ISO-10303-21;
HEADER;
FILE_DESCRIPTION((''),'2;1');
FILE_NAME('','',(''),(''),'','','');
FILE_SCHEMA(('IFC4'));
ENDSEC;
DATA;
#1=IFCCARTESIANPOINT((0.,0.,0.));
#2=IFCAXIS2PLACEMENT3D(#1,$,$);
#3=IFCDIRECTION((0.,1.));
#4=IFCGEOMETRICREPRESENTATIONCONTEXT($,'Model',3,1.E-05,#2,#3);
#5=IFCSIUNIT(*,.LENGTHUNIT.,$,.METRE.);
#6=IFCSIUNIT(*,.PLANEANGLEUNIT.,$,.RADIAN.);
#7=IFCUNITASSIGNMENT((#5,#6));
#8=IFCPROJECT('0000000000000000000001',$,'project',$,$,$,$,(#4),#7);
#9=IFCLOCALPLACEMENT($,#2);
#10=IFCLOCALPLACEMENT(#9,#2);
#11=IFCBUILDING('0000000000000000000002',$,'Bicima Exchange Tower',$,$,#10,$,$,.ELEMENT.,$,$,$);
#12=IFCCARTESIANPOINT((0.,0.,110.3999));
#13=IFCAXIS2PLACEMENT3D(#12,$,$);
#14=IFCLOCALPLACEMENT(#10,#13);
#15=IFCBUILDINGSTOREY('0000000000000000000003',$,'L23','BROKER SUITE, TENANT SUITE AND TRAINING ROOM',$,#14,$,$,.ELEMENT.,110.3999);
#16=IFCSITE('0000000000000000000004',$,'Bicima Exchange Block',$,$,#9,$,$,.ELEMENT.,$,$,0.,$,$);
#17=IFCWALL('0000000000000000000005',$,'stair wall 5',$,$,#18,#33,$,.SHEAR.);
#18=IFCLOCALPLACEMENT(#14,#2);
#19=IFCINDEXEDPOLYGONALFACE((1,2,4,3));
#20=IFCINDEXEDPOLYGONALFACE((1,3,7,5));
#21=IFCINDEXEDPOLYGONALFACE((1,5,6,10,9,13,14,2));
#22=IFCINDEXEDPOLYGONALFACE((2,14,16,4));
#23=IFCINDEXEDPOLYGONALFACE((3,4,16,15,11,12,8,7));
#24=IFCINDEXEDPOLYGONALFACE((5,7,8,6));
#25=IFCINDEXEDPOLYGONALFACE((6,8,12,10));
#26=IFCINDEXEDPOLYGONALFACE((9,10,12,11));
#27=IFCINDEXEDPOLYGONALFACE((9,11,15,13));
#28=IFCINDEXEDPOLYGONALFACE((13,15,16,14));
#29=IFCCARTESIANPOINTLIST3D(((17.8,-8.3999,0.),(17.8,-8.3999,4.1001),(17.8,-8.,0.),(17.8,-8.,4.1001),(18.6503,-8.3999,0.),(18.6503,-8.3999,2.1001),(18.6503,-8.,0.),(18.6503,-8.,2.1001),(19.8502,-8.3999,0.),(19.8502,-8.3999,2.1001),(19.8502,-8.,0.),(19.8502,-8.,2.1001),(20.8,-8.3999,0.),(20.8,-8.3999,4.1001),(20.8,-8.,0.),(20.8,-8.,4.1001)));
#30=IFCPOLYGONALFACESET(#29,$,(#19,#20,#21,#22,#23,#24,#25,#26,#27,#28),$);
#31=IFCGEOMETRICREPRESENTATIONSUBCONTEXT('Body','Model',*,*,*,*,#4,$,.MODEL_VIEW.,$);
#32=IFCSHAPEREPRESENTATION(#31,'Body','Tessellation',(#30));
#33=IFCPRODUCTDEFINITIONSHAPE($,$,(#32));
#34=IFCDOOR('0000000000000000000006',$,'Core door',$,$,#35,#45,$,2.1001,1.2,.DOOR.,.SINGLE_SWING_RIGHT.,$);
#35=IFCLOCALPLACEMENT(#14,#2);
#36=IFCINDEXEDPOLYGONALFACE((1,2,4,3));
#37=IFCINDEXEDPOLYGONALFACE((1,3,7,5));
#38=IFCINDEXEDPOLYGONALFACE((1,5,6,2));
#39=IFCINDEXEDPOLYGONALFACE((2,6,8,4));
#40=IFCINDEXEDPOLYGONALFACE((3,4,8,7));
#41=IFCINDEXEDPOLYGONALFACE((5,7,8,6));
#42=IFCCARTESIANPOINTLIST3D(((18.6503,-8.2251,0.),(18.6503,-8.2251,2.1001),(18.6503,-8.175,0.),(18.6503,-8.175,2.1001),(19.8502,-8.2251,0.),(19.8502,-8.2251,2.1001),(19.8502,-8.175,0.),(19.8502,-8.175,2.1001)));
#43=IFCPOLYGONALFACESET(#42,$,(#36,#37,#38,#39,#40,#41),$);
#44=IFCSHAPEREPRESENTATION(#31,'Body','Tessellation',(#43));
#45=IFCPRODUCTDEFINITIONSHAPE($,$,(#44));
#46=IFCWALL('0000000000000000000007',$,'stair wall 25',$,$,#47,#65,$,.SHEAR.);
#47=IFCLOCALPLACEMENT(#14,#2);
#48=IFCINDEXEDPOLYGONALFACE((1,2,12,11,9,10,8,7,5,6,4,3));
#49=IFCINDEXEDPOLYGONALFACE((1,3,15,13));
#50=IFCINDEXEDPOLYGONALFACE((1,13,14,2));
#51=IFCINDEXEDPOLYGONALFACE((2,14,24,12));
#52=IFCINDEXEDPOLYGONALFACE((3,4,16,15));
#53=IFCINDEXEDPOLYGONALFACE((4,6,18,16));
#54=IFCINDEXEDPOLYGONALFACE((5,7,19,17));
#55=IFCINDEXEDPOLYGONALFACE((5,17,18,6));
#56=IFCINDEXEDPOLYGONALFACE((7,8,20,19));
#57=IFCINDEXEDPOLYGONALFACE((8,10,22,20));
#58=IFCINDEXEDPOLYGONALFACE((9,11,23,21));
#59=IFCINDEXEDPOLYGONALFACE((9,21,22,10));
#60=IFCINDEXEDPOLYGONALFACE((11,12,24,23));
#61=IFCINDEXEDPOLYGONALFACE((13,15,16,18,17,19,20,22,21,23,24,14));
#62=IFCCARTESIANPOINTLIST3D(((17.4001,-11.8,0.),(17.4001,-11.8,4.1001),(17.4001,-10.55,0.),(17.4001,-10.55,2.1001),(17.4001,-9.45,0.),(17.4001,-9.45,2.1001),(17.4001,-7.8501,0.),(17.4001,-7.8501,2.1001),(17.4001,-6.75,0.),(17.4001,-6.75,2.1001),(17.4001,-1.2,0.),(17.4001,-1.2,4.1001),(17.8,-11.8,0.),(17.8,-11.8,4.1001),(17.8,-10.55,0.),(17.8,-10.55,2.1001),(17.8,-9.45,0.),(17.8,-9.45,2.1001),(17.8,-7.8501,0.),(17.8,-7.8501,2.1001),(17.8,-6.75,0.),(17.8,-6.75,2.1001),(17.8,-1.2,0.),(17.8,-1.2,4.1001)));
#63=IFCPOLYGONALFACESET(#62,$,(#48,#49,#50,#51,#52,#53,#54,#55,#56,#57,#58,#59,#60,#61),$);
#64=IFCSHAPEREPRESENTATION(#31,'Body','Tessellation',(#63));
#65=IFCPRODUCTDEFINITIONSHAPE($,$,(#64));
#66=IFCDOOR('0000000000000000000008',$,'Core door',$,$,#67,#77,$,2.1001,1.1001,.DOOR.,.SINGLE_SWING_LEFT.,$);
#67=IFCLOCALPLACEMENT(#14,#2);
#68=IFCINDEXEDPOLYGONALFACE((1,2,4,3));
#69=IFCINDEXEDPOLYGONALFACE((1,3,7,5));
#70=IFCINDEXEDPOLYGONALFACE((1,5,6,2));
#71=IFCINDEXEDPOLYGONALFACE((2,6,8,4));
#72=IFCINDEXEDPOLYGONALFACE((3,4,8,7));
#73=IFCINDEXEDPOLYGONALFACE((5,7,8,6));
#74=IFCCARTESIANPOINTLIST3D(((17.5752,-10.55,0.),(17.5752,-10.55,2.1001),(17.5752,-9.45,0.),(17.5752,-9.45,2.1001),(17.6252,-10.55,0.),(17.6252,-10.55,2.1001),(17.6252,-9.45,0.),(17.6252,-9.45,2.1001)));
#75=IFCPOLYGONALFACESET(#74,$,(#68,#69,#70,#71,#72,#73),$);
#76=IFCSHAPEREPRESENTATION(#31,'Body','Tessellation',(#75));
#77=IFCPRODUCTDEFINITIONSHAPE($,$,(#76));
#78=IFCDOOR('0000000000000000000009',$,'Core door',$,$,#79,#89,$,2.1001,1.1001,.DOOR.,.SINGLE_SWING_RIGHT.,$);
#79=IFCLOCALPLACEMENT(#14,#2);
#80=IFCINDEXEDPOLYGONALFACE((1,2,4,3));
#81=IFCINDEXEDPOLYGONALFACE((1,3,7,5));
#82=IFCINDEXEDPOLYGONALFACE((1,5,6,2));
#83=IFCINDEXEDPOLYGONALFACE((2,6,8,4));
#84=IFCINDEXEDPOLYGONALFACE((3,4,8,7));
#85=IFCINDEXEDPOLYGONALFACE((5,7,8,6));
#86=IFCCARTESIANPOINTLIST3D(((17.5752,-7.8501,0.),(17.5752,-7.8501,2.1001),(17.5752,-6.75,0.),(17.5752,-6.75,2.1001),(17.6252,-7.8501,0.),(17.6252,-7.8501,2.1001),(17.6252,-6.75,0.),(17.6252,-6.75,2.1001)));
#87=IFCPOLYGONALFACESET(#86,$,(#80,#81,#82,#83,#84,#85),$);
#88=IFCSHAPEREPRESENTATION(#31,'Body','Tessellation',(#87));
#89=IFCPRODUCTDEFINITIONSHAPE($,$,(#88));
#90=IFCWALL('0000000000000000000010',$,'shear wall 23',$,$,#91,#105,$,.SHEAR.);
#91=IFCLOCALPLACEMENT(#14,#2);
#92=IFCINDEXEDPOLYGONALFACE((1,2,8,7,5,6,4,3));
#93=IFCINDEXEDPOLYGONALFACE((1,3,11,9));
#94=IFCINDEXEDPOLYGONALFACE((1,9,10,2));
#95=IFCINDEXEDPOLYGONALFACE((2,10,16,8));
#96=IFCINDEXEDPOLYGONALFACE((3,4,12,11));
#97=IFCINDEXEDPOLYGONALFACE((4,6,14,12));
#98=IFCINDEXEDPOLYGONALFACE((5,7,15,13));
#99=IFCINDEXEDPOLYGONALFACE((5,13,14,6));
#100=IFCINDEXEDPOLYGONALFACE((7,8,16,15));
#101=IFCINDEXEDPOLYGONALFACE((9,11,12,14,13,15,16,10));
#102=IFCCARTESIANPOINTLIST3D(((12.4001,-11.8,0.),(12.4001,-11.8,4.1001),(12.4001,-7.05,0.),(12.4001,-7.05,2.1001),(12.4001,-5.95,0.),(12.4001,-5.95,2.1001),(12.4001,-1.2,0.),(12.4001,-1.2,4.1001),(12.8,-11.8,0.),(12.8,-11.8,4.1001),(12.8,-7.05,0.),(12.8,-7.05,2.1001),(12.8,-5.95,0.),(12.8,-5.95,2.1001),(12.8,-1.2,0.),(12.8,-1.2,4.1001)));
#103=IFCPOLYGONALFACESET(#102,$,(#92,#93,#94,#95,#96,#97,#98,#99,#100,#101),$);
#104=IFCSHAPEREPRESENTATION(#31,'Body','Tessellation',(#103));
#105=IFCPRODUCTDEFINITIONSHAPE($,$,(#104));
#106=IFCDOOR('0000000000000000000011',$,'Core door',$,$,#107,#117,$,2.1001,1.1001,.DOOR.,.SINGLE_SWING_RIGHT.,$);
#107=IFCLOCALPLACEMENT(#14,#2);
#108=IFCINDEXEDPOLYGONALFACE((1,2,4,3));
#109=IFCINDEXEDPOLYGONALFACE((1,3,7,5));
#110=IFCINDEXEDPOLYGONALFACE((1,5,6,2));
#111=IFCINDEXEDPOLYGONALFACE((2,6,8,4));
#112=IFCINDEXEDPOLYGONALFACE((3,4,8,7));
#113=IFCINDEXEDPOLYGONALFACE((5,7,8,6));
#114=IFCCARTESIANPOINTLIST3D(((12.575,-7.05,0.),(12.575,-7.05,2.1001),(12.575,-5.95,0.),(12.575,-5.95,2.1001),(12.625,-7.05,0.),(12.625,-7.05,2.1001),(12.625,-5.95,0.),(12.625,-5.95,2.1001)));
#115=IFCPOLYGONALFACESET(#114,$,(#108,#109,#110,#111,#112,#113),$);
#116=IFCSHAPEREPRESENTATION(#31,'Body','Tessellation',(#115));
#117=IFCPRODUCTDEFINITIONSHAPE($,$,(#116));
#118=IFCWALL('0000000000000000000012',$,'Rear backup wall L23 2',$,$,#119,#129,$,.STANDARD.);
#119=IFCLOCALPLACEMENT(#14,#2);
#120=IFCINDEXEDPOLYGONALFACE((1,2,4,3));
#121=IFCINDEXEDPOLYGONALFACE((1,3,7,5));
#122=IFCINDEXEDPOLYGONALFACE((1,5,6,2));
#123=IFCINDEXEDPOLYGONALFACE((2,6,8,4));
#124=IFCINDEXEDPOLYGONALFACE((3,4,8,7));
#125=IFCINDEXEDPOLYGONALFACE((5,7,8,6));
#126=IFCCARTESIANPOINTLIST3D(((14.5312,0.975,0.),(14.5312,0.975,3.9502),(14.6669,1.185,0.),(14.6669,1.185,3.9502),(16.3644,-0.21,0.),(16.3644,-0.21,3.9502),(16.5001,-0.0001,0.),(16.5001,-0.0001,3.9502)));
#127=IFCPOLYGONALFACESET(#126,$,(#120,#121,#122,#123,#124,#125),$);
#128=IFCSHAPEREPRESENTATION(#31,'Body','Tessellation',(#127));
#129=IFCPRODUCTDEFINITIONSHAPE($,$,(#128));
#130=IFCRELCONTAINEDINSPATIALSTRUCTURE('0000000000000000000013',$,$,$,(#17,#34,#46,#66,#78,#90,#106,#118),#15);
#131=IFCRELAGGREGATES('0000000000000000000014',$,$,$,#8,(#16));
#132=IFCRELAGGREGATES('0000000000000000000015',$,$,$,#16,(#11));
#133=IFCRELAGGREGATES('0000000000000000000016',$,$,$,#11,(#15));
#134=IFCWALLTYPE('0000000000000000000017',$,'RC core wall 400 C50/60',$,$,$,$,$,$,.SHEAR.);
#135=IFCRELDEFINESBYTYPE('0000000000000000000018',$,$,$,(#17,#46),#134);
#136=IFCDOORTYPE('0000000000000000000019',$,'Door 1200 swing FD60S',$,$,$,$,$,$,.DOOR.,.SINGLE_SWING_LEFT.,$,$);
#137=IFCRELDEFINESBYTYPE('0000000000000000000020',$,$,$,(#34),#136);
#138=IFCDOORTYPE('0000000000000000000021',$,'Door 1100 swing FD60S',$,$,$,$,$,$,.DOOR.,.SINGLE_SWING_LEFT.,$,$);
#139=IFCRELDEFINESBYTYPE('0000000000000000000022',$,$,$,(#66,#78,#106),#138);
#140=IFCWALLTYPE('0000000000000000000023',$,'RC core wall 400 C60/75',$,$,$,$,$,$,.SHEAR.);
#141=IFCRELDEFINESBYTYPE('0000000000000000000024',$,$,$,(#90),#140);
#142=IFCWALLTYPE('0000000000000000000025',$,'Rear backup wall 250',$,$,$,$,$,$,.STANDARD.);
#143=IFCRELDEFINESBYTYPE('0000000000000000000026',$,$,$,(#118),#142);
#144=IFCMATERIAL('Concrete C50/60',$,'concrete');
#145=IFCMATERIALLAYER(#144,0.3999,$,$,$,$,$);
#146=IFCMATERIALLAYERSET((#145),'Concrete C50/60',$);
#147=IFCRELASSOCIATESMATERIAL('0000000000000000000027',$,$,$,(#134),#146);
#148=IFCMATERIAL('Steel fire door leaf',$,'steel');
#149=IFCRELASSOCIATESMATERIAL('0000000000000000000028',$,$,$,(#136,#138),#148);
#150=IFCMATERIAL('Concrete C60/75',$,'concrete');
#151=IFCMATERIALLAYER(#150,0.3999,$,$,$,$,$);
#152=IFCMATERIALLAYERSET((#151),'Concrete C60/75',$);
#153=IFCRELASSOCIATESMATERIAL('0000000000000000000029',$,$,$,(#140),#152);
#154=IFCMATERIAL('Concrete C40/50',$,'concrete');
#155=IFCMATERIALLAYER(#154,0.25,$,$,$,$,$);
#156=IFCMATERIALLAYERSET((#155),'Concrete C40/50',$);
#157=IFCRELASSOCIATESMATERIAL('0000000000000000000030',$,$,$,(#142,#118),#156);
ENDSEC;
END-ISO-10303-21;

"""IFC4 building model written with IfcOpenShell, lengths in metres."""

from ifc_helpers import new_model, si_unit, direction, frame, frame_2d, origin, place, context, subcontext, project, spatial, rectangle, extrude, material, layer, layer_set, layer_usage, type_object, element, fill, save


model = new_model("IFC4")

# Units and contexts
model_context = context("Model", 3, precision=1e-05, world=origin(), true_north=direction((0.0, 1.0)))
body_context = subcontext(model_context, "Body", "Model", "MODEL_VIEW")
ifc_project = project(units=[si_unit("LENGTHUNIT", "METRE"), si_unit("PLANEANGLEUNIT", "RADIAN")], contexts=[model_context])

# Site, building, storey
site_placement = place(None, origin())
site = spatial("IfcSite", under=ifc_project, at=site_placement, Name="Bicima Exchange Block", CompositionType="ELEMENT", RefElevation=0.0)
building_placement = place(site_placement, origin())
building = spatial("IfcBuilding", under=site, at=building_placement, Name="Bicima Exchange Tower", CompositionType="ELEMENT")
storey_placement = place(building_placement, frame((0.0, 0.0, 110.3999)))
storey = spatial("IfcBuildingStorey", under=building, at=storey_placement, Name="L23", Description="BROKER SUITE, TENANT SUITE AND TRAINING ROOM", CompositionType="ELEMENT", Elevation=110.3999)

# Shared definitions
ifc_material_1 = material(Name="Steel fire door leaf", Category="steel")

# Wall, opening, door
ifc_material_2 = material(Name="Concrete C50/60", Category="concrete")
ifc_layer_1 = layer(ifc_material_2, 0.3999)
ifc_layer_set_1 = layer_set([ifc_layer_1], Name="Concrete C50/60")
wall_type_1 = type_object("IfcWallType", Name="RC core wall 400 C50/60", PredefinedType="SHEAR", material=ifc_layer_set_1)
wall_1_placement = place(storey_placement, frame((17.8, -8.2, 0.0), z_axis=(0.0, 0.0, 1.0), x_axis=(1.0, 0.0, 0.0)))
wall_1 = element("IfcWall", 1, at=wall_1_placement, inside=storey, type_object=wall_type_1, Name="stair wall 5", PredefinedType="SHEAR", context=body_context, shape_type="SweptSolid", body=[
    extrude(rectangle(XDim=3.0, YDim=0.3999, at=frame_2d((1.5, 0.0))), origin(), (0.0, 0.0, 1.0), 4.1001),
])
opening_1_placement = place(wall_1_placement, frame((0.8501, 0.0, 0.0)))
opening_1 = element("IfcOpeningElement", 2, at=opening_1_placement, cuts=wall_1, PredefinedType="OPENING", context=body_context, shape_type="SweptSolid", body=[
    extrude(rectangle(XDim=1.2, YDim=2.1001, at=frame_2d((0.6001, 1.05))), frame((0.0, 0.2119, 0.0), z_axis=(0.0, -1.0, 0.0), x_axis=(1.0, 0.0, 0.0)), (0.0, 0.0, 1.0), 0.4238),
])
door_type_1 = type_object("IfcDoorType", Name="Door 1200 swing FD60S", OperationType="SINGLE_SWING_LEFT", PredefinedType="DOOR", material=ifc_material_1)
door_1_placement = place(opening_1_placement, origin())
door_1 = element("IfcDoor", 3, at=door_1_placement, inside=storey, type_object=door_type_1, Name="Core door", OperationType="SINGLE_SWING_RIGHT", OverallHeight=2.1001, OverallWidth=1.2, PredefinedType="DOOR", context=body_context, shape_type="SweptSolid", body=[
    extrude(rectangle(XDim=1.2, YDim=2.1001, at=frame_2d((0.6001, 1.05))), frame((0.0, 0.0249, 0.0), z_axis=(0.0, -1.0, 0.0), x_axis=(1.0, 0.0, 0.0)), (0.0, 0.0, 1.0), 0.05),
])
fill(opening_1, door_1)

# Wall, openings, doors
wall_2_placement = place(storey_placement, frame((17.6001, -11.8, 0.0), z_axis=(0.0, 0.0, 1.0), x_axis=(0.0, 1.0, 0.0)))
wall_2 = element("IfcWall", 4, at=wall_2_placement, inside=storey, type_object=wall_type_1, Name="stair wall 25", PredefinedType="SHEAR", context=body_context, shape_type="SweptSolid", body=[
    extrude(rectangle(XDim=10.6001, YDim=0.3999, at=frame_2d((5.3, 0.0))), origin(), (0.0, 0.0, 1.0), 4.1001),
])
opening_2_placement = place(wall_2_placement, frame((1.25, 0.0, 0.0)))
opening_2 = element("IfcOpeningElement", 5, at=opening_2_placement, cuts=wall_2, PredefinedType="OPENING", context=body_context, shape_type="SweptSolid", body=[
    extrude(rectangle(XDim=1.1001, YDim=2.1001, at=frame_2d((0.55, 1.05))), frame((0.0, 0.2119, 0.0), z_axis=(0.0, -1.0, 0.0), x_axis=(1.0, 0.0, 0.0)), (0.0, 0.0, 1.0), 0.4238),
])
opening_3_placement = place(wall_2_placement, frame((3.95, 0.0, 0.0)))
opening_3 = element("IfcOpeningElement", 6, at=opening_3_placement, cuts=wall_2, PredefinedType="OPENING", context=body_context, shape_type="SweptSolid", body=[
    extrude(rectangle(XDim=1.1001, YDim=2.1001, at=frame_2d((0.55, 1.05))), frame((0.0, 0.2119, 0.0), z_axis=(0.0, -1.0, 0.0), x_axis=(1.0, 0.0, 0.0)), (0.0, 0.0, 1.0), 0.4238),
])
door_type_2 = type_object("IfcDoorType", Name="Door 1100 swing FD60S", OperationType="SINGLE_SWING_LEFT", PredefinedType="DOOR", material=ifc_material_1)
door_2_placement = place(opening_2_placement, origin())
door_2 = element("IfcDoor", 7, at=door_2_placement, inside=storey, type_object=door_type_2, Name="Core door", OperationType="SINGLE_SWING_LEFT", OverallHeight=2.1001, OverallWidth=1.1001, PredefinedType="DOOR", context=body_context, shape_type="SweptSolid", body=[
    extrude(rectangle(XDim=1.1001, YDim=2.1001, at=frame_2d((0.55, 1.05))), frame((0.0, 0.0249, 0.0), z_axis=(0.0, -1.0, 0.0), x_axis=(1.0, 0.0, 0.0)), (0.0, 0.0, 1.0), 0.05),
])
fill(opening_2, door_2)
door_3_placement = place(opening_3_placement, origin())
door_3 = element("IfcDoor", 8, at=door_3_placement, inside=storey, type_object=door_type_2, Name="Core door", OperationType="SINGLE_SWING_RIGHT", OverallHeight=2.1001, OverallWidth=1.1001, PredefinedType="DOOR", context=body_context, shape_type="SweptSolid", body=[
    extrude(rectangle(XDim=1.1001, YDim=2.1001, at=frame_2d((0.55, 1.05))), frame((0.0, 0.0249, 0.0), z_axis=(0.0, -1.0, 0.0), x_axis=(1.0, 0.0, 0.0)), (0.0, 0.0, 1.0), 0.05),
])
fill(opening_3, door_3)

# Wall, opening, door
ifc_material_3 = material(Name="Concrete C60/75", Category="concrete")
ifc_layer_2 = layer(ifc_material_3, 0.3999)
ifc_layer_set_2 = layer_set([ifc_layer_2], Name="Concrete C60/75")
wall_type_2 = type_object("IfcWallType", Name="RC core wall 400 C60/75", PredefinedType="SHEAR", material=ifc_layer_set_2)
wall_3_placement = place(storey_placement, frame((12.6001, -11.8, 0.0), z_axis=(0.0, 0.0, 1.0), x_axis=(0.0, 1.0, 0.0)))
wall_3 = element("IfcWall", 9, at=wall_3_placement, inside=storey, type_object=wall_type_2, Name="shear wall 23", PredefinedType="SHEAR", context=body_context, shape_type="SweptSolid", body=[
    extrude(rectangle(XDim=10.6001, YDim=0.3999, at=frame_2d((5.3, 0.0))), origin(), (0.0, 0.0, 1.0), 4.1001),
])
opening_4_placement = place(wall_3_placement, frame((4.75, 0.0, 0.0)))
opening_4 = element("IfcOpeningElement", 10, at=opening_4_placement, cuts=wall_3, PredefinedType="OPENING", context=body_context, shape_type="SweptSolid", body=[
    extrude(rectangle(XDim=1.1001, YDim=2.1001, at=frame_2d((0.55, 1.05))), frame((0.0, 0.2119, 0.0), z_axis=(0.0, -1.0, 0.0), x_axis=(1.0, 0.0, 0.0)), (0.0, 0.0, 1.0), 0.4238),
])
door_4_placement = place(opening_4_placement, frame((1.1001, 0.0, 0.0), z_axis=(0.0, 0.0, 1.0), x_axis=(-1.0, 0.0, 0.0)))
door_4 = element("IfcDoor", 11, at=door_4_placement, inside=storey, type_object=door_type_2, Name="Core door", OperationType="SINGLE_SWING_RIGHT", OverallHeight=2.1001, OverallWidth=1.1001, PredefinedType="DOOR", context=body_context, shape_type="SweptSolid", body=[
    extrude(rectangle(XDim=1.1001, YDim=2.1001, at=frame_2d((0.55, 1.05))), frame((0.0, 0.0249, 0.0), z_axis=(0.0, -1.0, 0.0), x_axis=(1.0, 0.0, 0.0)), (0.0, 0.0, 1.0), 0.05),
])
fill(opening_4, door_4)

# Wall
ifc_material_4 = material(Name="Concrete C40/50", Category="concrete")
ifc_layer_3 = layer(ifc_material_4, 0.25)
ifc_layer_set_3 = layer_set([ifc_layer_3], Name="Concrete C40/50")
ifc_layer_usage = layer_usage(ifc_layer_set_3, "AXIS2", "POSITIVE", -0.125)
wall_type_3 = type_object("IfcWallType", Name="Rear backup wall 250", PredefinedType="STANDARD", material=ifc_layer_set_3)
wall_4_placement = place(storey_placement, frame((16.4321, -0.105, 0.0), z_axis=(0.0, 0.0, 1.0), x_axis=(-0.839813, 0.542876, 0.0)))
element("IfcWall", 12, at=wall_4_placement, inside=storey, type_object=wall_type_3, material=ifc_layer_usage, Name="Rear backup wall L23 2", PredefinedType="STANDARD", context=body_context, shape_type="SweptSolid", body=[
    extrude(rectangle(XDim=2.1829, YDim=0.25, at=frame_2d((1.0913, 0.0))), origin(), (0.0, 0.0, 1.0), 3.9502),
])

save(model, "model.ifc")
